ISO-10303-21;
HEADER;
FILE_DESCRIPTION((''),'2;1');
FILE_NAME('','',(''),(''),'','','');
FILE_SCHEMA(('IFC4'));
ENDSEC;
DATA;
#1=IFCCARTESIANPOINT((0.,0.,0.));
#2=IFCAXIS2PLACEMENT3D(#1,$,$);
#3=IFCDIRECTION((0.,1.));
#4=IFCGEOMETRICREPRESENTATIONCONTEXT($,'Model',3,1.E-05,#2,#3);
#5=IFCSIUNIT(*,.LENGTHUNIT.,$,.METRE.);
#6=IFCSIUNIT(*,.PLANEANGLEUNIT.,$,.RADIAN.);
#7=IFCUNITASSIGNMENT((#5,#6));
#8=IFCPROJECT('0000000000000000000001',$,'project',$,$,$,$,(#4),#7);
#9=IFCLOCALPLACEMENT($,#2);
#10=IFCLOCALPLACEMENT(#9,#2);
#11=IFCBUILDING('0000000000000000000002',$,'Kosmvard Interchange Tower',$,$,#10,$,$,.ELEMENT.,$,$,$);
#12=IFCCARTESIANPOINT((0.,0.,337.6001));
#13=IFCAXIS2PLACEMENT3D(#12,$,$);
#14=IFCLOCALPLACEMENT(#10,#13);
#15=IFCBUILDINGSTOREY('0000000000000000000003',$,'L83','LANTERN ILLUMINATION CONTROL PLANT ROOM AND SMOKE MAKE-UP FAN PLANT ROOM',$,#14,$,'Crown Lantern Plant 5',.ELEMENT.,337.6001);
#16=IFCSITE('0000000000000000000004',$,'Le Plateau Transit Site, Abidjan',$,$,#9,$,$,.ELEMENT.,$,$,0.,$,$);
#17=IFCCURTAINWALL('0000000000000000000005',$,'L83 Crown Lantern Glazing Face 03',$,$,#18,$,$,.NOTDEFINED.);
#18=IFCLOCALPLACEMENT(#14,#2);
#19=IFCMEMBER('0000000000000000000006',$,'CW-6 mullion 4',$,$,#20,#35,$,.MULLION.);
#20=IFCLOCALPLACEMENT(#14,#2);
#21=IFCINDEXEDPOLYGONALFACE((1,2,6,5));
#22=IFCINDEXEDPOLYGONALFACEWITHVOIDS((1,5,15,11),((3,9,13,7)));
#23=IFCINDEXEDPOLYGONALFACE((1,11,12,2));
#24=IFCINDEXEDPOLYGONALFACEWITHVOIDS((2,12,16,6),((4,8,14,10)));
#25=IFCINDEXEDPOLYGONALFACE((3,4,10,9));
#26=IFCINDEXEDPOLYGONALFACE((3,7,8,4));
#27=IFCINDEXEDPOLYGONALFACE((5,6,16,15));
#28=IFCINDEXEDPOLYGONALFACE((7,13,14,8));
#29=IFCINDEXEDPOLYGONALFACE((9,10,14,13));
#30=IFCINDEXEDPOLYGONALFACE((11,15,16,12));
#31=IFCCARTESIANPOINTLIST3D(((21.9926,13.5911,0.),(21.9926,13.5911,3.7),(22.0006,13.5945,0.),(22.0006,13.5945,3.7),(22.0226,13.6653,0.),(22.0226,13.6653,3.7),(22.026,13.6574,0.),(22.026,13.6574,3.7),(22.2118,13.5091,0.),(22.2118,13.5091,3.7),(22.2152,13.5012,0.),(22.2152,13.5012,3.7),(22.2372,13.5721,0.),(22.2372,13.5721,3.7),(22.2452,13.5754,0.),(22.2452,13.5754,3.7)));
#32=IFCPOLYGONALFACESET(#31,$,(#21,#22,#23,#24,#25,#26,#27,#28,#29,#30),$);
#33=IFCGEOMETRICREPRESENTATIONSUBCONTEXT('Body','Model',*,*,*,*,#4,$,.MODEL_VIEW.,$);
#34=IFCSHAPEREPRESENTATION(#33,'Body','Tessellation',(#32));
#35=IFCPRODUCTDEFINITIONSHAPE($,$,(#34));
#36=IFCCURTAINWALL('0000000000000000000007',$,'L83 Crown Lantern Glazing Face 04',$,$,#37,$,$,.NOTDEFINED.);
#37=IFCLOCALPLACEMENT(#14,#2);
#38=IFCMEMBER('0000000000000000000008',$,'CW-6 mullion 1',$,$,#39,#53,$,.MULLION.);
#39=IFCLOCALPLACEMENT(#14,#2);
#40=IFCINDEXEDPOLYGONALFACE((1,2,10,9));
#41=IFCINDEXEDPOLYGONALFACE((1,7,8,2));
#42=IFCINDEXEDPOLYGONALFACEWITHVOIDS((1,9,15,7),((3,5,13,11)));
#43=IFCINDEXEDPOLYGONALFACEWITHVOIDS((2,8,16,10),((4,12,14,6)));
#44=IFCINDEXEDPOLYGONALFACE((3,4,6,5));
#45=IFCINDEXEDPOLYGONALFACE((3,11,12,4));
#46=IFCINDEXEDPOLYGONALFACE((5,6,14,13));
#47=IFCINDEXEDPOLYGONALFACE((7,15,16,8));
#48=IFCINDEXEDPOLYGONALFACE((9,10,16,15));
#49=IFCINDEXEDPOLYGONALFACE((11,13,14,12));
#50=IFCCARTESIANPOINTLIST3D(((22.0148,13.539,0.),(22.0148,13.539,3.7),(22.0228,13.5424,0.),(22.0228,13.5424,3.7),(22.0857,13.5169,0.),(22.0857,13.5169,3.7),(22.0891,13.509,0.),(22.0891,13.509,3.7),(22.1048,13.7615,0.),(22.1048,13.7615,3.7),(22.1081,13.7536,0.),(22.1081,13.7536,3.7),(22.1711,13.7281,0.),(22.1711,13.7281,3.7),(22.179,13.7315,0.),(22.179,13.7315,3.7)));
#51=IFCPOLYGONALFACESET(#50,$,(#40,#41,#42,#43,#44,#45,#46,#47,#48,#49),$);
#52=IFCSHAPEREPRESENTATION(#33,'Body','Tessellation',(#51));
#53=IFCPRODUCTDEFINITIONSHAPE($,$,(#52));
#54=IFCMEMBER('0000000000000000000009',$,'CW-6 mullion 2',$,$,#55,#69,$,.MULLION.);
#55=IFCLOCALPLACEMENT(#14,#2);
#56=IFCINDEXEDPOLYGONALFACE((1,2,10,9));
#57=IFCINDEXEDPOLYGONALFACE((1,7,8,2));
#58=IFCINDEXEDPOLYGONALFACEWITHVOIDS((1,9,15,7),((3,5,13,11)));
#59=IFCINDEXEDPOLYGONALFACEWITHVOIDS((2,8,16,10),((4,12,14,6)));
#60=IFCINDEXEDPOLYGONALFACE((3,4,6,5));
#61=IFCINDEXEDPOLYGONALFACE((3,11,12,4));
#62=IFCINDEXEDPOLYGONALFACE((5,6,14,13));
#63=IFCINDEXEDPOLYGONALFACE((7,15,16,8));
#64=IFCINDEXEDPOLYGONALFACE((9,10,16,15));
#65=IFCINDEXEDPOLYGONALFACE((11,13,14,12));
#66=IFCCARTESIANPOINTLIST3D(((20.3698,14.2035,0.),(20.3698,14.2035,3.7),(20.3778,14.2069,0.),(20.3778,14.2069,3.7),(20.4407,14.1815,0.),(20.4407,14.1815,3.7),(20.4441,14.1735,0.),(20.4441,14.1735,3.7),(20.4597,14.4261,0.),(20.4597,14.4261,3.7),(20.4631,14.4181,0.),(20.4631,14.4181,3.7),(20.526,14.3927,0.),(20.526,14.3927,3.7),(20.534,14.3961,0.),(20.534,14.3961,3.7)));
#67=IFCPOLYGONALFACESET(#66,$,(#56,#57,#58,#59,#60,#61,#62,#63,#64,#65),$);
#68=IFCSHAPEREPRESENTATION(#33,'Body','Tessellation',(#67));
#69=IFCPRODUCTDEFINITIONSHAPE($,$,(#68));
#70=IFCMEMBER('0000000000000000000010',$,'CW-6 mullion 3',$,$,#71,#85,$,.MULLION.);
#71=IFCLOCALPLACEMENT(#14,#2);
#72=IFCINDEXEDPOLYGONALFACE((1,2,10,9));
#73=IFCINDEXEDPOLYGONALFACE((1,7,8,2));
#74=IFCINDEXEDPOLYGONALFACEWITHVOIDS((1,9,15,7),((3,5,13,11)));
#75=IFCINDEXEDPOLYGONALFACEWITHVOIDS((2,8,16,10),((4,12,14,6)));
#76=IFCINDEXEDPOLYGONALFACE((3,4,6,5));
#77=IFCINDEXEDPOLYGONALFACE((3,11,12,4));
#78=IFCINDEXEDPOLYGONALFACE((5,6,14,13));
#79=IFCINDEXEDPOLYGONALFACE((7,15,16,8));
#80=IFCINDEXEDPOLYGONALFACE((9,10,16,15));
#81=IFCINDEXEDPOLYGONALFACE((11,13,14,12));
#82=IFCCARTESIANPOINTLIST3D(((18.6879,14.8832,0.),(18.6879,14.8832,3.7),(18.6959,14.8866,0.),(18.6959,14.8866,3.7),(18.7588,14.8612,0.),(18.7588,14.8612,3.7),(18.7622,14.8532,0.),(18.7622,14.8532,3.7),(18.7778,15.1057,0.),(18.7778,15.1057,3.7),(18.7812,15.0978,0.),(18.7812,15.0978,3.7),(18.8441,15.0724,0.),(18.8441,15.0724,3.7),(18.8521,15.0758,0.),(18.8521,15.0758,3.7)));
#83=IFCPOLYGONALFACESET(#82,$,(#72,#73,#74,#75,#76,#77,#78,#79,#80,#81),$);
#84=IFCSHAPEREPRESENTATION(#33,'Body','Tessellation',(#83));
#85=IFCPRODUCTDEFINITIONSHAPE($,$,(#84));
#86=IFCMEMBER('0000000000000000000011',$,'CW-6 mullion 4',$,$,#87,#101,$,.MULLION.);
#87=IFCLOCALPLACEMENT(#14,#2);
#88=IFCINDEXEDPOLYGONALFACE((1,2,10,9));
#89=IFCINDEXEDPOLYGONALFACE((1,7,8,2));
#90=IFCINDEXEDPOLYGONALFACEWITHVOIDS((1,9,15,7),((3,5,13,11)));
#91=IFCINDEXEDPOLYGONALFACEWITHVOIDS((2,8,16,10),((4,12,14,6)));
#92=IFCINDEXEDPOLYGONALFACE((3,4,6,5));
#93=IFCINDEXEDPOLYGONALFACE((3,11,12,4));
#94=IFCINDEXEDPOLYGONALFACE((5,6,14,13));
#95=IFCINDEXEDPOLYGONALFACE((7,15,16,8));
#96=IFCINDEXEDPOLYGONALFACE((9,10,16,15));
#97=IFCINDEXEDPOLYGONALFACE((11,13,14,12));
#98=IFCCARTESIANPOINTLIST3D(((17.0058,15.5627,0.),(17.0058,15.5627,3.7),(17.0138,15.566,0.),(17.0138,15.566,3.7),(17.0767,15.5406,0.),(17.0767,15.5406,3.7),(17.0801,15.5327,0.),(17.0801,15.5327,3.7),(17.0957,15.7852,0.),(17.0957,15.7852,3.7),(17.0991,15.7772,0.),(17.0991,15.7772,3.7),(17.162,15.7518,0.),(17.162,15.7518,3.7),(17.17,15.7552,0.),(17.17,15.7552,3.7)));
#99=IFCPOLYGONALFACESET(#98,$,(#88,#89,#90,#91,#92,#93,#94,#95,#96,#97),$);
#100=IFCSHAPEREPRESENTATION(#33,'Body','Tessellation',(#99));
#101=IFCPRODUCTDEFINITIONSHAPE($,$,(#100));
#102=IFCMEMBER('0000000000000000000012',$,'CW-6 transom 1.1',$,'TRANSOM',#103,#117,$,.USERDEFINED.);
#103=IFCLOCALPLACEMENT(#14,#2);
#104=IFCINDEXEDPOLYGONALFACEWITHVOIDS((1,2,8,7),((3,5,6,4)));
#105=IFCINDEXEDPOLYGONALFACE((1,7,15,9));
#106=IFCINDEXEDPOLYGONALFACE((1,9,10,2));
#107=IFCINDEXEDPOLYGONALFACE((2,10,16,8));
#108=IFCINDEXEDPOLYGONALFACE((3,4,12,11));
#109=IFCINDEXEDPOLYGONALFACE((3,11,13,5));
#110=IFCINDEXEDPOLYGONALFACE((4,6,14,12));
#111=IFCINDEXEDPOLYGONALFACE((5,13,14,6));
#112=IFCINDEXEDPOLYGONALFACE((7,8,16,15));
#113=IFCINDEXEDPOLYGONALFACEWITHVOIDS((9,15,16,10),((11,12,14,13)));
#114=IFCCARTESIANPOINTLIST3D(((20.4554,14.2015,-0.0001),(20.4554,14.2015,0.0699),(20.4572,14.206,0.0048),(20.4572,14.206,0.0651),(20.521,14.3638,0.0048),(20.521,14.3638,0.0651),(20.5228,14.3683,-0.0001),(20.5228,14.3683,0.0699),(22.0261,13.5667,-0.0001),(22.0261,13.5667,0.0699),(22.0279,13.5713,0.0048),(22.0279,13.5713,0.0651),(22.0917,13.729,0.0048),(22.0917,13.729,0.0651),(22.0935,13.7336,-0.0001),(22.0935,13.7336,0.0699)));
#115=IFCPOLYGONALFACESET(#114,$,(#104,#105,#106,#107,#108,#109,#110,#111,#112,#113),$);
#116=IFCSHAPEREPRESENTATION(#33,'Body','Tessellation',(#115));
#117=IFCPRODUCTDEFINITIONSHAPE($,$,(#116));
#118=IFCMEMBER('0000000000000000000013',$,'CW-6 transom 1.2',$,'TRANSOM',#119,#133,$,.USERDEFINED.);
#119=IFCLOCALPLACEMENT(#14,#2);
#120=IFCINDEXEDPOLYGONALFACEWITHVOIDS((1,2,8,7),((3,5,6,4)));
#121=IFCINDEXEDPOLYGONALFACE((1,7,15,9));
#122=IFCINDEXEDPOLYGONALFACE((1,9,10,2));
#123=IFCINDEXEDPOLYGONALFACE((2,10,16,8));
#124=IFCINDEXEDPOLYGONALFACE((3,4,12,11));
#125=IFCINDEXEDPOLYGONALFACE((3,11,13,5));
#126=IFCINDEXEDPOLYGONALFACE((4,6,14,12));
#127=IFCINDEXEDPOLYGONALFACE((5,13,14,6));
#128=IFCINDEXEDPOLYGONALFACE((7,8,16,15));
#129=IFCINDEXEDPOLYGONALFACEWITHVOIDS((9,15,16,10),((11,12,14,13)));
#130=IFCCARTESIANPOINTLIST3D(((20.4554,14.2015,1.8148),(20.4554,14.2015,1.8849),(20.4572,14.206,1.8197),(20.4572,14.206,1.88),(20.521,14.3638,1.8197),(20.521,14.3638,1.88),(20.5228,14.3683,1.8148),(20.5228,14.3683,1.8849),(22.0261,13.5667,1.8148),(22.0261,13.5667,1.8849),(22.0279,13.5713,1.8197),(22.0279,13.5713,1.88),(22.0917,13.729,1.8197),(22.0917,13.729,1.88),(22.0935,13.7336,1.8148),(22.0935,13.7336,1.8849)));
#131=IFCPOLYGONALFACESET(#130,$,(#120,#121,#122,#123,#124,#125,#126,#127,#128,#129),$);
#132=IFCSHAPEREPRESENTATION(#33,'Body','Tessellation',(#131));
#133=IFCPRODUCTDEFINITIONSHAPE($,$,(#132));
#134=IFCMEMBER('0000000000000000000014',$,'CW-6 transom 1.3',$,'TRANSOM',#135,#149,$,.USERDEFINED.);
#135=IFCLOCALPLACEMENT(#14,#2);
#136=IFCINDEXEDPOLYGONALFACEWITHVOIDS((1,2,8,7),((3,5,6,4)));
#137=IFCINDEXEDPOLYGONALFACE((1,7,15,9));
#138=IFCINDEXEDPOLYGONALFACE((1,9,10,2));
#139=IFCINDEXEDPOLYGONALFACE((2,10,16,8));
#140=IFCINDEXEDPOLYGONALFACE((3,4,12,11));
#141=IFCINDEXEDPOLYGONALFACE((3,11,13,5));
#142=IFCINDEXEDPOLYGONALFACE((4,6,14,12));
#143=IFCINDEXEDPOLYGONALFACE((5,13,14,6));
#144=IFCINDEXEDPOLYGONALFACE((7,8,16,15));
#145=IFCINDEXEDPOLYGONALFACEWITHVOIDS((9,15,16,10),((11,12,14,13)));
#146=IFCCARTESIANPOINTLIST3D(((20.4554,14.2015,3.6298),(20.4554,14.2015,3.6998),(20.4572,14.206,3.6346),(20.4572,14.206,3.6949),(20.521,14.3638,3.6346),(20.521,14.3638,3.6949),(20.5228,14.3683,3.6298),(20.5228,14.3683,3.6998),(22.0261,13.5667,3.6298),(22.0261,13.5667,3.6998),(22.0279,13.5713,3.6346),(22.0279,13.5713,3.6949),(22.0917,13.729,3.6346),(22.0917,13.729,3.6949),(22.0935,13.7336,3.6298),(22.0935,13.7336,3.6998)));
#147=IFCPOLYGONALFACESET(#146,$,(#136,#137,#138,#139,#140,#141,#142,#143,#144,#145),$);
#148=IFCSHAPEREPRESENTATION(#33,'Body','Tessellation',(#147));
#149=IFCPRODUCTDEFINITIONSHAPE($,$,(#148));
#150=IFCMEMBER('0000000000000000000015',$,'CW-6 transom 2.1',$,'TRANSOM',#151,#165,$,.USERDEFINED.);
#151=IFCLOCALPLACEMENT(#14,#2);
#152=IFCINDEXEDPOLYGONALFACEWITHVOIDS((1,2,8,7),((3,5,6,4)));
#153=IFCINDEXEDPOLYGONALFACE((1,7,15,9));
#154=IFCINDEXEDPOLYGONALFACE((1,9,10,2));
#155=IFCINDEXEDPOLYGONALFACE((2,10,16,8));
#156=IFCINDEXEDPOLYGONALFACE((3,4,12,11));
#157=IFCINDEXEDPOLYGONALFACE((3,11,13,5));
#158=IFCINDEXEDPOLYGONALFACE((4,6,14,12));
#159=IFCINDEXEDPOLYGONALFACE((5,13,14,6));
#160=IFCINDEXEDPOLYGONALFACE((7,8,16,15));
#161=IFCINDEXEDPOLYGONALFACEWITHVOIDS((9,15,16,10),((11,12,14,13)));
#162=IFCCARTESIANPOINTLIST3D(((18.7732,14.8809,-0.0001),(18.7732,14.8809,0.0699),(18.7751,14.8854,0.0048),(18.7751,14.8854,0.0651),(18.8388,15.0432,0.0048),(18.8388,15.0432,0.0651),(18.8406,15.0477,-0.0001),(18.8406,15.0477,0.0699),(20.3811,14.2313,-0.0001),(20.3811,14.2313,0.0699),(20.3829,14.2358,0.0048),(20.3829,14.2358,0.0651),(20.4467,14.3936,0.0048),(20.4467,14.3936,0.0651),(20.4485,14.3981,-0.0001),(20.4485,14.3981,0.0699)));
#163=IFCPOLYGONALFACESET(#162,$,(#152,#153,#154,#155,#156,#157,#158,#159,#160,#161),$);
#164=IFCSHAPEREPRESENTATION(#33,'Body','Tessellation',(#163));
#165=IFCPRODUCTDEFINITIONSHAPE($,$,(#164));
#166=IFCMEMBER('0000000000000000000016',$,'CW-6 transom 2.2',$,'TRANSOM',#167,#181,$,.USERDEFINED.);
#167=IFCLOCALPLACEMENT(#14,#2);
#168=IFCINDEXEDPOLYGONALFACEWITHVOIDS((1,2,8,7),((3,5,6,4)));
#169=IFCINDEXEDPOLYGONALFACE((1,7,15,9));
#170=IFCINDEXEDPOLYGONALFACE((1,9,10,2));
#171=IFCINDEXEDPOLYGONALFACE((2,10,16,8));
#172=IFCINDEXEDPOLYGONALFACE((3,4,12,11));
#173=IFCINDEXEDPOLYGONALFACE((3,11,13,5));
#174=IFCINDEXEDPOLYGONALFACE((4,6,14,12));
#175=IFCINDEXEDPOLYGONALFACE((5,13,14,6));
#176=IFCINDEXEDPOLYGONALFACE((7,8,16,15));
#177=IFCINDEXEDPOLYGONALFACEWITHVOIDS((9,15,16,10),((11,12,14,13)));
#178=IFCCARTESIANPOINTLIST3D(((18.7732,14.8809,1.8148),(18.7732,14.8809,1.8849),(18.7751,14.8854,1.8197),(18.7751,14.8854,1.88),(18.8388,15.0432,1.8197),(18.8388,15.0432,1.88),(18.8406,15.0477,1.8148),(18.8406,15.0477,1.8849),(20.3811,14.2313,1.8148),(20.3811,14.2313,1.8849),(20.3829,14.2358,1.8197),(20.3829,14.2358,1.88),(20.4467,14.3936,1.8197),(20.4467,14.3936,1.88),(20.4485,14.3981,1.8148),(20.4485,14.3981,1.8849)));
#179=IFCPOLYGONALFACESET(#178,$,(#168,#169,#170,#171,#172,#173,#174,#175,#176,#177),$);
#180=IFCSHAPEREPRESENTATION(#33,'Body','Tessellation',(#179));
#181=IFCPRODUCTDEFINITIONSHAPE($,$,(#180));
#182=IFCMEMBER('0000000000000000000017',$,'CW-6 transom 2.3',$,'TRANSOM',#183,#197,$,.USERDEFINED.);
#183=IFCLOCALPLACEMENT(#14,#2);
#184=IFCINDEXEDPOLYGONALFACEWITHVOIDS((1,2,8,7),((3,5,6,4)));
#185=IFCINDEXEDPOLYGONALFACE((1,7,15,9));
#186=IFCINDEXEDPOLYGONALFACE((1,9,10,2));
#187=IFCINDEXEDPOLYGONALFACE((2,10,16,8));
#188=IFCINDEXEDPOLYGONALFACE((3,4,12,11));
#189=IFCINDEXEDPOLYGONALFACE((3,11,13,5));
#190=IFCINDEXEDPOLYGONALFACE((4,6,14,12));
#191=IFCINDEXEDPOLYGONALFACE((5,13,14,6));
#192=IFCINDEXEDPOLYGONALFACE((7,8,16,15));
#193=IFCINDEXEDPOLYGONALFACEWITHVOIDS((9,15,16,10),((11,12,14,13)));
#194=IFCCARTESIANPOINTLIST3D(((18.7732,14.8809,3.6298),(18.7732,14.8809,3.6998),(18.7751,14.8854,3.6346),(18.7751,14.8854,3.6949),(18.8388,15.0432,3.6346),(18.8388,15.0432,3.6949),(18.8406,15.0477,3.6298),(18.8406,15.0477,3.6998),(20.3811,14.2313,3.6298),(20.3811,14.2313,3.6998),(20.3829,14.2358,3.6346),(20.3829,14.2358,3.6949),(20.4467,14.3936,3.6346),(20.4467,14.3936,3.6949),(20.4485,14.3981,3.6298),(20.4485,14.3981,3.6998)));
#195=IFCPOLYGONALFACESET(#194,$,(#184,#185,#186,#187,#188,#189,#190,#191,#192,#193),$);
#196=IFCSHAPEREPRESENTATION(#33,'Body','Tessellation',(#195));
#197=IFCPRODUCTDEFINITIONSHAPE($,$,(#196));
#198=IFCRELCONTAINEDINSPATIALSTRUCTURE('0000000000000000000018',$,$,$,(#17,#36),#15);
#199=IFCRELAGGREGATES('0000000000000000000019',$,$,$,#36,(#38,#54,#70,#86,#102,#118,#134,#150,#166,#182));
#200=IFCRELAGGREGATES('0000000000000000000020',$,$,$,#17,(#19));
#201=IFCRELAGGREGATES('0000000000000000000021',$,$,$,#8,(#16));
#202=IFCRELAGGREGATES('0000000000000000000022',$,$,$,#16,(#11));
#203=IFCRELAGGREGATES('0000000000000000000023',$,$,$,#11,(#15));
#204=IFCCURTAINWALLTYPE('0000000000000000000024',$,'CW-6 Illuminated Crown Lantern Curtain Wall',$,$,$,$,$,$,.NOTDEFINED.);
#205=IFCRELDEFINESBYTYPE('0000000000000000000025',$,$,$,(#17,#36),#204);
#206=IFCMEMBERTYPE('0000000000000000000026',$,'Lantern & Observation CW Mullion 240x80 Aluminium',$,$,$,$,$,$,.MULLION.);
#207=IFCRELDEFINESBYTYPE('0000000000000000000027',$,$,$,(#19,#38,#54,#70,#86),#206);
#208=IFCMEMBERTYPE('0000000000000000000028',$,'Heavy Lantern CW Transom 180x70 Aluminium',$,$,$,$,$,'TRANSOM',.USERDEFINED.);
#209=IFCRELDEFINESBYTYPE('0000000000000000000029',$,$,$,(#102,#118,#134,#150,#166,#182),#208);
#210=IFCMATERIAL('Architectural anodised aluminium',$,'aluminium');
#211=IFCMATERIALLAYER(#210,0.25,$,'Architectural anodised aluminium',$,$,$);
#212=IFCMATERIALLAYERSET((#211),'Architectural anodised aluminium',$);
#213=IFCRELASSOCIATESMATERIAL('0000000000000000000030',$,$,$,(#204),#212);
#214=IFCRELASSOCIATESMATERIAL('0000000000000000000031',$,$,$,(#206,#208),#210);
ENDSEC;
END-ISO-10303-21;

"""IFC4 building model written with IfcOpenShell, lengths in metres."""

from ifc_helpers import new_model, si_unit, direction, frame, origin, origin_2d, place, context, subcontext, project, spatial, hollow_rectangle, extrude, source, transform, mapped, material, layer, layer_set, material_profile, profile_set, type_object, element, aggregate, save


model = new_model("IFC4")

# Units and contexts
model_context = context("Model", 3, precision=1e-05, world=origin(), true_north=direction((0.0, 1.0)))
body_context = subcontext(model_context, "Body", "Model", "MODEL_VIEW")
ifc_project = project(units=[si_unit("LENGTHUNIT", "METRE"), si_unit("PLANEANGLEUNIT", "RADIAN")], contexts=[model_context])

# Site, building, storey
site_placement = place(None, origin())
site = spatial("IfcSite", under=ifc_project, at=site_placement, Name="Le Plateau Transit Site, Abidjan", CompositionType="ELEMENT", RefElevation=0.0)
building_placement = place(site_placement, origin())
building = spatial("IfcBuilding", under=site, at=building_placement, Name="Kosmvard Interchange Tower", CompositionType="ELEMENT")
storey_placement = place(building_placement, frame((0.0, 0.0, 337.6001)))
storey = spatial("IfcBuildingStorey", under=building, at=storey_placement, Name="L83", Description="LANTERN ILLUMINATION CONTROL PLANT ROOM AND SMOKE MAKE-UP FAN PLANT ROOM", LongName="Crown Lantern Plant 5", CompositionType="ELEMENT", Elevation=337.6001)

# Curtain wall, member
ifc_material_1 = material(Name="Architectural anodised aluminium", Category="aluminium")
ifc_layer_1 = layer(ifc_material_1, 0.25, Name="Architectural anodised aluminium")
ifc_layer_set_1 = layer_set([ifc_layer_1], Name="Architectural anodised aluminium")
curtain_wall_type = type_object("IfcCurtainWallType", Name="CW-6 Illuminated Crown Lantern Curtain Wall", PredefinedType="NOTDEFINED", material=ifc_layer_set_1)
curtain_wall_1_placement = place(storey_placement, origin())
curtain_wall_1 = element("IfcCurtainWall", 1, at=curtain_wall_1_placement, inside=storey, type_object=curtain_wall_type, Name="L83 Crown Lantern Glazing Face 03", PredefinedType="NOTDEFINED")
ifc_material_profile_1 = material_profile(ifc_material_1, hollow_rectangle(XDim=0.24, YDim=0.0801, WallThickness=0.0061, at=origin_2d()), Name="CWM 240x80x6")
ifc_profile_set_1 = profile_set([ifc_material_profile_1], Name="Architectural anodised aluminium")
member_type_1 = type_object("IfcMemberType", Name="Lantern & Observation CW Mullion 240x80 Aluminium", PredefinedType="MULLION", material=ifc_profile_set_1)
shared_shape_1 = source(origin(), body_context, "Body", "SweptSolid", [
    extrude(hollow_rectangle(XDim=0.24, YDim=0.0801, WallThickness=0.0061, at=origin_2d()), origin(), (0.0, 0.0, 1.0), 3.7),
])
member_1_placement = place(storey_placement, frame((22.1189, 13.5833, 0.0), z_axis=(0.0, 0.0, 1.0), x_axis=(-0.927184, 0.374607, 0.0)))
member_1 = element("IfcMember", 2, at=member_1_placement, type_object=member_type_1, Name="CW-6 mullion 4", PredefinedType="MULLION", context=body_context, shape_type="MappedRepresentation", body=[
    mapped(shared_shape_1, transform((0.0, 0.0, 0.0), scale=1.0)),
])

# Curtain wall, members
curtain_wall_2_placement = place(storey_placement, origin())
curtain_wall_2 = element("IfcCurtainWall", 3, at=curtain_wall_2_placement, inside=storey, type_object=curtain_wall_type, Name="L83 Crown Lantern Glazing Face 04", PredefinedType="NOTDEFINED")
member_2_placement = place(storey_placement, frame((22.0969, 13.6353, 0.0), z_axis=(0.0, 0.0, 1.0), x_axis=(-0.374607, -0.927184, 0.0)))
member_2 = element("IfcMember", 4, at=member_2_placement, type_object=member_type_1, Name="CW-6 mullion 1", PredefinedType="MULLION", context=body_context, shape_type="MappedRepresentation", body=[
    mapped(shared_shape_1, transform((0.0, 0.0, 0.0), scale=1.0)),
])
member_3_placement = place(storey_placement, frame((20.4519, 14.2998, 0.0), z_axis=(0.0, 0.0, 1.0), x_axis=(-0.374607, -0.927184, 0.0)))
member_3 = element("IfcMember", 5, at=member_3_placement, type_object=member_type_1, Name="CW-6 mullion 2", PredefinedType="MULLION", context=body_context, shape_type="MappedRepresentation", body=[
    mapped(shared_shape_1, transform((0.0, 0.0, 0.0), scale=1.0)),
])
member_4_placement = place(storey_placement, frame((18.77, 14.9795, 0.0), z_axis=(0.0, 0.0, 1.0), x_axis=(-0.374607, -0.927184, 0.0)))
member_4 = element("IfcMember", 6, at=member_4_placement, type_object=member_type_1, Name="CW-6 mullion 3", PredefinedType="MULLION", context=body_context, shape_type="MappedRepresentation", body=[
    mapped(shared_shape_1, transform((0.0, 0.0, 0.0), scale=1.0)),
])
member_5_placement = place(storey_placement, frame((17.0879, 15.6589, 0.0), z_axis=(0.0, 0.0, 1.0), x_axis=(-0.374607, -0.927184, 0.0)))
member_5 = element("IfcMember", 7, at=member_5_placement, type_object=member_type_1, Name="CW-6 mullion 4", PredefinedType="MULLION", context=body_context, shape_type="MappedRepresentation", body=[
    mapped(shared_shape_1, transform((0.0, 0.0, 0.0), scale=1.0)),
])
ifc_material_profile_2 = material_profile(ifc_material_1, hollow_rectangle(XDim=0.1799, YDim=0.0701, WallThickness=0.0049, at=origin_2d()), Name="CWT 180x70x5")
ifc_profile_set_2 = profile_set([ifc_material_profile_2], Name="Architectural anodised aluminium")
member_type_2 = type_object("IfcMemberType", Name="Heavy Lantern CW Transom 180x70 Aluminium", ElementType="TRANSOM", PredefinedType="USERDEFINED", material=ifc_profile_set_2)
shared_shape_2 = source(origin(), body_context, "Body", "SweptSolid", [
    extrude(hollow_rectangle(XDim=0.1799, YDim=0.0701, WallThickness=0.0049, at=origin_2d()), origin(), (0.0, 0.0, 1.0), 1.6941),
])
member_6_placement = place(storey_placement, frame((22.0598, 13.6501, 0.0349), z_axis=(-0.927159, 0.374668, 0.0), x_axis=(-0.374668, -0.927159, 0.0)))
member_6 = element("IfcMember", 8, at=member_6_placement, type_object=member_type_2, Name="CW-6 transom 1.1", ObjectType="TRANSOM", PredefinedType="USERDEFINED", context=body_context, shape_type="MappedRepresentation", body=[
    mapped(shared_shape_2, transform((0.0, 0.0, 0.0), scale=1.0)),
])
member_7_placement = place(storey_placement, frame((22.0598, 13.6501, 1.8499), z_axis=(-0.927159, 0.374668, 0.0), x_axis=(-0.374668, -0.927159, 0.0)))
member_7 = element("IfcMember", 9, at=member_7_placement, type_object=member_type_2, Name="CW-6 transom 1.2", ObjectType="TRANSOM", PredefinedType="USERDEFINED", context=body_context, shape_type="MappedRepresentation", body=[
    mapped(shared_shape_2, transform((0.0, 0.0, 0.0), scale=1.0)),
])
member_8_placement = place(storey_placement, frame((22.0598, 13.6501, 3.6648), z_axis=(-0.927159, 0.374668, 0.0), x_axis=(-0.374668, -0.927159, 0.0)))
member_8 = element("IfcMember", 10, at=member_8_placement, type_object=member_type_2, Name="CW-6 transom 1.3", ObjectType="TRANSOM", PredefinedType="USERDEFINED", context=body_context, shape_type="MappedRepresentation", body=[
    mapped(shared_shape_2, transform((0.0, 0.0, 0.0), scale=1.0)),
])
shared_shape_3 = source(origin(), body_context, "Body", "SweptSolid", [
    extrude(hollow_rectangle(XDim=0.1799, YDim=0.0701, WallThickness=0.0049, at=origin_2d()), origin(), (0.0, 0.0, 1.0), 1.7341),
])
member_9_placement = place(storey_placement, frame((20.4148, 14.3147, 0.0349), z_axis=(-0.92718, 0.374617, 0.0), x_axis=(-0.374617, -0.92718, 0.0)))
member_9 = element("IfcMember", 11, at=member_9_placement, type_object=member_type_2, Name="CW-6 transom 2.1", ObjectType="TRANSOM", PredefinedType="USERDEFINED", context=body_context, shape_type="MappedRepresentation", body=[
    mapped(shared_shape_3, transform((0.0, 0.0, 0.0), scale=1.0)),
])
member_10_placement = place(storey_placement, frame((20.4148, 14.3147, 1.8499), z_axis=(-0.92718, 0.374617, 0.0), x_axis=(-0.374617, -0.92718, 0.0)))
member_10 = element("IfcMember", 12, at=member_10_placement, type_object=member_type_2, Name="CW-6 transom 2.2", ObjectType="TRANSOM", PredefinedType="USERDEFINED", context=body_context, shape_type="MappedRepresentation", body=[
    mapped(shared_shape_3, transform((0.0, 0.0, 0.0), scale=1.0)),
])
member_11_placement = place(storey_placement, frame((20.4148, 14.3147, 3.6648), z_axis=(-0.92718, 0.374617, 0.0), x_axis=(-0.374617, -0.92718, 0.0)))
member_11 = element("IfcMember", 13, at=member_11_placement, type_object=member_type_2, Name="CW-6 transom 2.3", ObjectType="TRANSOM", PredefinedType="USERDEFINED", context=body_context, shape_type="MappedRepresentation", body=[
    mapped(shared_shape_3, transform((0.0, 0.0, 0.0), scale=1.0)),
])
aggregate(curtain_wall_2, [member_2, member_3, member_4, member_5, member_6, member_7, member_8, member_9, member_10, member_11])

aggregate(curtain_wall_1, [member_1])

save(model, "model.ifc")
